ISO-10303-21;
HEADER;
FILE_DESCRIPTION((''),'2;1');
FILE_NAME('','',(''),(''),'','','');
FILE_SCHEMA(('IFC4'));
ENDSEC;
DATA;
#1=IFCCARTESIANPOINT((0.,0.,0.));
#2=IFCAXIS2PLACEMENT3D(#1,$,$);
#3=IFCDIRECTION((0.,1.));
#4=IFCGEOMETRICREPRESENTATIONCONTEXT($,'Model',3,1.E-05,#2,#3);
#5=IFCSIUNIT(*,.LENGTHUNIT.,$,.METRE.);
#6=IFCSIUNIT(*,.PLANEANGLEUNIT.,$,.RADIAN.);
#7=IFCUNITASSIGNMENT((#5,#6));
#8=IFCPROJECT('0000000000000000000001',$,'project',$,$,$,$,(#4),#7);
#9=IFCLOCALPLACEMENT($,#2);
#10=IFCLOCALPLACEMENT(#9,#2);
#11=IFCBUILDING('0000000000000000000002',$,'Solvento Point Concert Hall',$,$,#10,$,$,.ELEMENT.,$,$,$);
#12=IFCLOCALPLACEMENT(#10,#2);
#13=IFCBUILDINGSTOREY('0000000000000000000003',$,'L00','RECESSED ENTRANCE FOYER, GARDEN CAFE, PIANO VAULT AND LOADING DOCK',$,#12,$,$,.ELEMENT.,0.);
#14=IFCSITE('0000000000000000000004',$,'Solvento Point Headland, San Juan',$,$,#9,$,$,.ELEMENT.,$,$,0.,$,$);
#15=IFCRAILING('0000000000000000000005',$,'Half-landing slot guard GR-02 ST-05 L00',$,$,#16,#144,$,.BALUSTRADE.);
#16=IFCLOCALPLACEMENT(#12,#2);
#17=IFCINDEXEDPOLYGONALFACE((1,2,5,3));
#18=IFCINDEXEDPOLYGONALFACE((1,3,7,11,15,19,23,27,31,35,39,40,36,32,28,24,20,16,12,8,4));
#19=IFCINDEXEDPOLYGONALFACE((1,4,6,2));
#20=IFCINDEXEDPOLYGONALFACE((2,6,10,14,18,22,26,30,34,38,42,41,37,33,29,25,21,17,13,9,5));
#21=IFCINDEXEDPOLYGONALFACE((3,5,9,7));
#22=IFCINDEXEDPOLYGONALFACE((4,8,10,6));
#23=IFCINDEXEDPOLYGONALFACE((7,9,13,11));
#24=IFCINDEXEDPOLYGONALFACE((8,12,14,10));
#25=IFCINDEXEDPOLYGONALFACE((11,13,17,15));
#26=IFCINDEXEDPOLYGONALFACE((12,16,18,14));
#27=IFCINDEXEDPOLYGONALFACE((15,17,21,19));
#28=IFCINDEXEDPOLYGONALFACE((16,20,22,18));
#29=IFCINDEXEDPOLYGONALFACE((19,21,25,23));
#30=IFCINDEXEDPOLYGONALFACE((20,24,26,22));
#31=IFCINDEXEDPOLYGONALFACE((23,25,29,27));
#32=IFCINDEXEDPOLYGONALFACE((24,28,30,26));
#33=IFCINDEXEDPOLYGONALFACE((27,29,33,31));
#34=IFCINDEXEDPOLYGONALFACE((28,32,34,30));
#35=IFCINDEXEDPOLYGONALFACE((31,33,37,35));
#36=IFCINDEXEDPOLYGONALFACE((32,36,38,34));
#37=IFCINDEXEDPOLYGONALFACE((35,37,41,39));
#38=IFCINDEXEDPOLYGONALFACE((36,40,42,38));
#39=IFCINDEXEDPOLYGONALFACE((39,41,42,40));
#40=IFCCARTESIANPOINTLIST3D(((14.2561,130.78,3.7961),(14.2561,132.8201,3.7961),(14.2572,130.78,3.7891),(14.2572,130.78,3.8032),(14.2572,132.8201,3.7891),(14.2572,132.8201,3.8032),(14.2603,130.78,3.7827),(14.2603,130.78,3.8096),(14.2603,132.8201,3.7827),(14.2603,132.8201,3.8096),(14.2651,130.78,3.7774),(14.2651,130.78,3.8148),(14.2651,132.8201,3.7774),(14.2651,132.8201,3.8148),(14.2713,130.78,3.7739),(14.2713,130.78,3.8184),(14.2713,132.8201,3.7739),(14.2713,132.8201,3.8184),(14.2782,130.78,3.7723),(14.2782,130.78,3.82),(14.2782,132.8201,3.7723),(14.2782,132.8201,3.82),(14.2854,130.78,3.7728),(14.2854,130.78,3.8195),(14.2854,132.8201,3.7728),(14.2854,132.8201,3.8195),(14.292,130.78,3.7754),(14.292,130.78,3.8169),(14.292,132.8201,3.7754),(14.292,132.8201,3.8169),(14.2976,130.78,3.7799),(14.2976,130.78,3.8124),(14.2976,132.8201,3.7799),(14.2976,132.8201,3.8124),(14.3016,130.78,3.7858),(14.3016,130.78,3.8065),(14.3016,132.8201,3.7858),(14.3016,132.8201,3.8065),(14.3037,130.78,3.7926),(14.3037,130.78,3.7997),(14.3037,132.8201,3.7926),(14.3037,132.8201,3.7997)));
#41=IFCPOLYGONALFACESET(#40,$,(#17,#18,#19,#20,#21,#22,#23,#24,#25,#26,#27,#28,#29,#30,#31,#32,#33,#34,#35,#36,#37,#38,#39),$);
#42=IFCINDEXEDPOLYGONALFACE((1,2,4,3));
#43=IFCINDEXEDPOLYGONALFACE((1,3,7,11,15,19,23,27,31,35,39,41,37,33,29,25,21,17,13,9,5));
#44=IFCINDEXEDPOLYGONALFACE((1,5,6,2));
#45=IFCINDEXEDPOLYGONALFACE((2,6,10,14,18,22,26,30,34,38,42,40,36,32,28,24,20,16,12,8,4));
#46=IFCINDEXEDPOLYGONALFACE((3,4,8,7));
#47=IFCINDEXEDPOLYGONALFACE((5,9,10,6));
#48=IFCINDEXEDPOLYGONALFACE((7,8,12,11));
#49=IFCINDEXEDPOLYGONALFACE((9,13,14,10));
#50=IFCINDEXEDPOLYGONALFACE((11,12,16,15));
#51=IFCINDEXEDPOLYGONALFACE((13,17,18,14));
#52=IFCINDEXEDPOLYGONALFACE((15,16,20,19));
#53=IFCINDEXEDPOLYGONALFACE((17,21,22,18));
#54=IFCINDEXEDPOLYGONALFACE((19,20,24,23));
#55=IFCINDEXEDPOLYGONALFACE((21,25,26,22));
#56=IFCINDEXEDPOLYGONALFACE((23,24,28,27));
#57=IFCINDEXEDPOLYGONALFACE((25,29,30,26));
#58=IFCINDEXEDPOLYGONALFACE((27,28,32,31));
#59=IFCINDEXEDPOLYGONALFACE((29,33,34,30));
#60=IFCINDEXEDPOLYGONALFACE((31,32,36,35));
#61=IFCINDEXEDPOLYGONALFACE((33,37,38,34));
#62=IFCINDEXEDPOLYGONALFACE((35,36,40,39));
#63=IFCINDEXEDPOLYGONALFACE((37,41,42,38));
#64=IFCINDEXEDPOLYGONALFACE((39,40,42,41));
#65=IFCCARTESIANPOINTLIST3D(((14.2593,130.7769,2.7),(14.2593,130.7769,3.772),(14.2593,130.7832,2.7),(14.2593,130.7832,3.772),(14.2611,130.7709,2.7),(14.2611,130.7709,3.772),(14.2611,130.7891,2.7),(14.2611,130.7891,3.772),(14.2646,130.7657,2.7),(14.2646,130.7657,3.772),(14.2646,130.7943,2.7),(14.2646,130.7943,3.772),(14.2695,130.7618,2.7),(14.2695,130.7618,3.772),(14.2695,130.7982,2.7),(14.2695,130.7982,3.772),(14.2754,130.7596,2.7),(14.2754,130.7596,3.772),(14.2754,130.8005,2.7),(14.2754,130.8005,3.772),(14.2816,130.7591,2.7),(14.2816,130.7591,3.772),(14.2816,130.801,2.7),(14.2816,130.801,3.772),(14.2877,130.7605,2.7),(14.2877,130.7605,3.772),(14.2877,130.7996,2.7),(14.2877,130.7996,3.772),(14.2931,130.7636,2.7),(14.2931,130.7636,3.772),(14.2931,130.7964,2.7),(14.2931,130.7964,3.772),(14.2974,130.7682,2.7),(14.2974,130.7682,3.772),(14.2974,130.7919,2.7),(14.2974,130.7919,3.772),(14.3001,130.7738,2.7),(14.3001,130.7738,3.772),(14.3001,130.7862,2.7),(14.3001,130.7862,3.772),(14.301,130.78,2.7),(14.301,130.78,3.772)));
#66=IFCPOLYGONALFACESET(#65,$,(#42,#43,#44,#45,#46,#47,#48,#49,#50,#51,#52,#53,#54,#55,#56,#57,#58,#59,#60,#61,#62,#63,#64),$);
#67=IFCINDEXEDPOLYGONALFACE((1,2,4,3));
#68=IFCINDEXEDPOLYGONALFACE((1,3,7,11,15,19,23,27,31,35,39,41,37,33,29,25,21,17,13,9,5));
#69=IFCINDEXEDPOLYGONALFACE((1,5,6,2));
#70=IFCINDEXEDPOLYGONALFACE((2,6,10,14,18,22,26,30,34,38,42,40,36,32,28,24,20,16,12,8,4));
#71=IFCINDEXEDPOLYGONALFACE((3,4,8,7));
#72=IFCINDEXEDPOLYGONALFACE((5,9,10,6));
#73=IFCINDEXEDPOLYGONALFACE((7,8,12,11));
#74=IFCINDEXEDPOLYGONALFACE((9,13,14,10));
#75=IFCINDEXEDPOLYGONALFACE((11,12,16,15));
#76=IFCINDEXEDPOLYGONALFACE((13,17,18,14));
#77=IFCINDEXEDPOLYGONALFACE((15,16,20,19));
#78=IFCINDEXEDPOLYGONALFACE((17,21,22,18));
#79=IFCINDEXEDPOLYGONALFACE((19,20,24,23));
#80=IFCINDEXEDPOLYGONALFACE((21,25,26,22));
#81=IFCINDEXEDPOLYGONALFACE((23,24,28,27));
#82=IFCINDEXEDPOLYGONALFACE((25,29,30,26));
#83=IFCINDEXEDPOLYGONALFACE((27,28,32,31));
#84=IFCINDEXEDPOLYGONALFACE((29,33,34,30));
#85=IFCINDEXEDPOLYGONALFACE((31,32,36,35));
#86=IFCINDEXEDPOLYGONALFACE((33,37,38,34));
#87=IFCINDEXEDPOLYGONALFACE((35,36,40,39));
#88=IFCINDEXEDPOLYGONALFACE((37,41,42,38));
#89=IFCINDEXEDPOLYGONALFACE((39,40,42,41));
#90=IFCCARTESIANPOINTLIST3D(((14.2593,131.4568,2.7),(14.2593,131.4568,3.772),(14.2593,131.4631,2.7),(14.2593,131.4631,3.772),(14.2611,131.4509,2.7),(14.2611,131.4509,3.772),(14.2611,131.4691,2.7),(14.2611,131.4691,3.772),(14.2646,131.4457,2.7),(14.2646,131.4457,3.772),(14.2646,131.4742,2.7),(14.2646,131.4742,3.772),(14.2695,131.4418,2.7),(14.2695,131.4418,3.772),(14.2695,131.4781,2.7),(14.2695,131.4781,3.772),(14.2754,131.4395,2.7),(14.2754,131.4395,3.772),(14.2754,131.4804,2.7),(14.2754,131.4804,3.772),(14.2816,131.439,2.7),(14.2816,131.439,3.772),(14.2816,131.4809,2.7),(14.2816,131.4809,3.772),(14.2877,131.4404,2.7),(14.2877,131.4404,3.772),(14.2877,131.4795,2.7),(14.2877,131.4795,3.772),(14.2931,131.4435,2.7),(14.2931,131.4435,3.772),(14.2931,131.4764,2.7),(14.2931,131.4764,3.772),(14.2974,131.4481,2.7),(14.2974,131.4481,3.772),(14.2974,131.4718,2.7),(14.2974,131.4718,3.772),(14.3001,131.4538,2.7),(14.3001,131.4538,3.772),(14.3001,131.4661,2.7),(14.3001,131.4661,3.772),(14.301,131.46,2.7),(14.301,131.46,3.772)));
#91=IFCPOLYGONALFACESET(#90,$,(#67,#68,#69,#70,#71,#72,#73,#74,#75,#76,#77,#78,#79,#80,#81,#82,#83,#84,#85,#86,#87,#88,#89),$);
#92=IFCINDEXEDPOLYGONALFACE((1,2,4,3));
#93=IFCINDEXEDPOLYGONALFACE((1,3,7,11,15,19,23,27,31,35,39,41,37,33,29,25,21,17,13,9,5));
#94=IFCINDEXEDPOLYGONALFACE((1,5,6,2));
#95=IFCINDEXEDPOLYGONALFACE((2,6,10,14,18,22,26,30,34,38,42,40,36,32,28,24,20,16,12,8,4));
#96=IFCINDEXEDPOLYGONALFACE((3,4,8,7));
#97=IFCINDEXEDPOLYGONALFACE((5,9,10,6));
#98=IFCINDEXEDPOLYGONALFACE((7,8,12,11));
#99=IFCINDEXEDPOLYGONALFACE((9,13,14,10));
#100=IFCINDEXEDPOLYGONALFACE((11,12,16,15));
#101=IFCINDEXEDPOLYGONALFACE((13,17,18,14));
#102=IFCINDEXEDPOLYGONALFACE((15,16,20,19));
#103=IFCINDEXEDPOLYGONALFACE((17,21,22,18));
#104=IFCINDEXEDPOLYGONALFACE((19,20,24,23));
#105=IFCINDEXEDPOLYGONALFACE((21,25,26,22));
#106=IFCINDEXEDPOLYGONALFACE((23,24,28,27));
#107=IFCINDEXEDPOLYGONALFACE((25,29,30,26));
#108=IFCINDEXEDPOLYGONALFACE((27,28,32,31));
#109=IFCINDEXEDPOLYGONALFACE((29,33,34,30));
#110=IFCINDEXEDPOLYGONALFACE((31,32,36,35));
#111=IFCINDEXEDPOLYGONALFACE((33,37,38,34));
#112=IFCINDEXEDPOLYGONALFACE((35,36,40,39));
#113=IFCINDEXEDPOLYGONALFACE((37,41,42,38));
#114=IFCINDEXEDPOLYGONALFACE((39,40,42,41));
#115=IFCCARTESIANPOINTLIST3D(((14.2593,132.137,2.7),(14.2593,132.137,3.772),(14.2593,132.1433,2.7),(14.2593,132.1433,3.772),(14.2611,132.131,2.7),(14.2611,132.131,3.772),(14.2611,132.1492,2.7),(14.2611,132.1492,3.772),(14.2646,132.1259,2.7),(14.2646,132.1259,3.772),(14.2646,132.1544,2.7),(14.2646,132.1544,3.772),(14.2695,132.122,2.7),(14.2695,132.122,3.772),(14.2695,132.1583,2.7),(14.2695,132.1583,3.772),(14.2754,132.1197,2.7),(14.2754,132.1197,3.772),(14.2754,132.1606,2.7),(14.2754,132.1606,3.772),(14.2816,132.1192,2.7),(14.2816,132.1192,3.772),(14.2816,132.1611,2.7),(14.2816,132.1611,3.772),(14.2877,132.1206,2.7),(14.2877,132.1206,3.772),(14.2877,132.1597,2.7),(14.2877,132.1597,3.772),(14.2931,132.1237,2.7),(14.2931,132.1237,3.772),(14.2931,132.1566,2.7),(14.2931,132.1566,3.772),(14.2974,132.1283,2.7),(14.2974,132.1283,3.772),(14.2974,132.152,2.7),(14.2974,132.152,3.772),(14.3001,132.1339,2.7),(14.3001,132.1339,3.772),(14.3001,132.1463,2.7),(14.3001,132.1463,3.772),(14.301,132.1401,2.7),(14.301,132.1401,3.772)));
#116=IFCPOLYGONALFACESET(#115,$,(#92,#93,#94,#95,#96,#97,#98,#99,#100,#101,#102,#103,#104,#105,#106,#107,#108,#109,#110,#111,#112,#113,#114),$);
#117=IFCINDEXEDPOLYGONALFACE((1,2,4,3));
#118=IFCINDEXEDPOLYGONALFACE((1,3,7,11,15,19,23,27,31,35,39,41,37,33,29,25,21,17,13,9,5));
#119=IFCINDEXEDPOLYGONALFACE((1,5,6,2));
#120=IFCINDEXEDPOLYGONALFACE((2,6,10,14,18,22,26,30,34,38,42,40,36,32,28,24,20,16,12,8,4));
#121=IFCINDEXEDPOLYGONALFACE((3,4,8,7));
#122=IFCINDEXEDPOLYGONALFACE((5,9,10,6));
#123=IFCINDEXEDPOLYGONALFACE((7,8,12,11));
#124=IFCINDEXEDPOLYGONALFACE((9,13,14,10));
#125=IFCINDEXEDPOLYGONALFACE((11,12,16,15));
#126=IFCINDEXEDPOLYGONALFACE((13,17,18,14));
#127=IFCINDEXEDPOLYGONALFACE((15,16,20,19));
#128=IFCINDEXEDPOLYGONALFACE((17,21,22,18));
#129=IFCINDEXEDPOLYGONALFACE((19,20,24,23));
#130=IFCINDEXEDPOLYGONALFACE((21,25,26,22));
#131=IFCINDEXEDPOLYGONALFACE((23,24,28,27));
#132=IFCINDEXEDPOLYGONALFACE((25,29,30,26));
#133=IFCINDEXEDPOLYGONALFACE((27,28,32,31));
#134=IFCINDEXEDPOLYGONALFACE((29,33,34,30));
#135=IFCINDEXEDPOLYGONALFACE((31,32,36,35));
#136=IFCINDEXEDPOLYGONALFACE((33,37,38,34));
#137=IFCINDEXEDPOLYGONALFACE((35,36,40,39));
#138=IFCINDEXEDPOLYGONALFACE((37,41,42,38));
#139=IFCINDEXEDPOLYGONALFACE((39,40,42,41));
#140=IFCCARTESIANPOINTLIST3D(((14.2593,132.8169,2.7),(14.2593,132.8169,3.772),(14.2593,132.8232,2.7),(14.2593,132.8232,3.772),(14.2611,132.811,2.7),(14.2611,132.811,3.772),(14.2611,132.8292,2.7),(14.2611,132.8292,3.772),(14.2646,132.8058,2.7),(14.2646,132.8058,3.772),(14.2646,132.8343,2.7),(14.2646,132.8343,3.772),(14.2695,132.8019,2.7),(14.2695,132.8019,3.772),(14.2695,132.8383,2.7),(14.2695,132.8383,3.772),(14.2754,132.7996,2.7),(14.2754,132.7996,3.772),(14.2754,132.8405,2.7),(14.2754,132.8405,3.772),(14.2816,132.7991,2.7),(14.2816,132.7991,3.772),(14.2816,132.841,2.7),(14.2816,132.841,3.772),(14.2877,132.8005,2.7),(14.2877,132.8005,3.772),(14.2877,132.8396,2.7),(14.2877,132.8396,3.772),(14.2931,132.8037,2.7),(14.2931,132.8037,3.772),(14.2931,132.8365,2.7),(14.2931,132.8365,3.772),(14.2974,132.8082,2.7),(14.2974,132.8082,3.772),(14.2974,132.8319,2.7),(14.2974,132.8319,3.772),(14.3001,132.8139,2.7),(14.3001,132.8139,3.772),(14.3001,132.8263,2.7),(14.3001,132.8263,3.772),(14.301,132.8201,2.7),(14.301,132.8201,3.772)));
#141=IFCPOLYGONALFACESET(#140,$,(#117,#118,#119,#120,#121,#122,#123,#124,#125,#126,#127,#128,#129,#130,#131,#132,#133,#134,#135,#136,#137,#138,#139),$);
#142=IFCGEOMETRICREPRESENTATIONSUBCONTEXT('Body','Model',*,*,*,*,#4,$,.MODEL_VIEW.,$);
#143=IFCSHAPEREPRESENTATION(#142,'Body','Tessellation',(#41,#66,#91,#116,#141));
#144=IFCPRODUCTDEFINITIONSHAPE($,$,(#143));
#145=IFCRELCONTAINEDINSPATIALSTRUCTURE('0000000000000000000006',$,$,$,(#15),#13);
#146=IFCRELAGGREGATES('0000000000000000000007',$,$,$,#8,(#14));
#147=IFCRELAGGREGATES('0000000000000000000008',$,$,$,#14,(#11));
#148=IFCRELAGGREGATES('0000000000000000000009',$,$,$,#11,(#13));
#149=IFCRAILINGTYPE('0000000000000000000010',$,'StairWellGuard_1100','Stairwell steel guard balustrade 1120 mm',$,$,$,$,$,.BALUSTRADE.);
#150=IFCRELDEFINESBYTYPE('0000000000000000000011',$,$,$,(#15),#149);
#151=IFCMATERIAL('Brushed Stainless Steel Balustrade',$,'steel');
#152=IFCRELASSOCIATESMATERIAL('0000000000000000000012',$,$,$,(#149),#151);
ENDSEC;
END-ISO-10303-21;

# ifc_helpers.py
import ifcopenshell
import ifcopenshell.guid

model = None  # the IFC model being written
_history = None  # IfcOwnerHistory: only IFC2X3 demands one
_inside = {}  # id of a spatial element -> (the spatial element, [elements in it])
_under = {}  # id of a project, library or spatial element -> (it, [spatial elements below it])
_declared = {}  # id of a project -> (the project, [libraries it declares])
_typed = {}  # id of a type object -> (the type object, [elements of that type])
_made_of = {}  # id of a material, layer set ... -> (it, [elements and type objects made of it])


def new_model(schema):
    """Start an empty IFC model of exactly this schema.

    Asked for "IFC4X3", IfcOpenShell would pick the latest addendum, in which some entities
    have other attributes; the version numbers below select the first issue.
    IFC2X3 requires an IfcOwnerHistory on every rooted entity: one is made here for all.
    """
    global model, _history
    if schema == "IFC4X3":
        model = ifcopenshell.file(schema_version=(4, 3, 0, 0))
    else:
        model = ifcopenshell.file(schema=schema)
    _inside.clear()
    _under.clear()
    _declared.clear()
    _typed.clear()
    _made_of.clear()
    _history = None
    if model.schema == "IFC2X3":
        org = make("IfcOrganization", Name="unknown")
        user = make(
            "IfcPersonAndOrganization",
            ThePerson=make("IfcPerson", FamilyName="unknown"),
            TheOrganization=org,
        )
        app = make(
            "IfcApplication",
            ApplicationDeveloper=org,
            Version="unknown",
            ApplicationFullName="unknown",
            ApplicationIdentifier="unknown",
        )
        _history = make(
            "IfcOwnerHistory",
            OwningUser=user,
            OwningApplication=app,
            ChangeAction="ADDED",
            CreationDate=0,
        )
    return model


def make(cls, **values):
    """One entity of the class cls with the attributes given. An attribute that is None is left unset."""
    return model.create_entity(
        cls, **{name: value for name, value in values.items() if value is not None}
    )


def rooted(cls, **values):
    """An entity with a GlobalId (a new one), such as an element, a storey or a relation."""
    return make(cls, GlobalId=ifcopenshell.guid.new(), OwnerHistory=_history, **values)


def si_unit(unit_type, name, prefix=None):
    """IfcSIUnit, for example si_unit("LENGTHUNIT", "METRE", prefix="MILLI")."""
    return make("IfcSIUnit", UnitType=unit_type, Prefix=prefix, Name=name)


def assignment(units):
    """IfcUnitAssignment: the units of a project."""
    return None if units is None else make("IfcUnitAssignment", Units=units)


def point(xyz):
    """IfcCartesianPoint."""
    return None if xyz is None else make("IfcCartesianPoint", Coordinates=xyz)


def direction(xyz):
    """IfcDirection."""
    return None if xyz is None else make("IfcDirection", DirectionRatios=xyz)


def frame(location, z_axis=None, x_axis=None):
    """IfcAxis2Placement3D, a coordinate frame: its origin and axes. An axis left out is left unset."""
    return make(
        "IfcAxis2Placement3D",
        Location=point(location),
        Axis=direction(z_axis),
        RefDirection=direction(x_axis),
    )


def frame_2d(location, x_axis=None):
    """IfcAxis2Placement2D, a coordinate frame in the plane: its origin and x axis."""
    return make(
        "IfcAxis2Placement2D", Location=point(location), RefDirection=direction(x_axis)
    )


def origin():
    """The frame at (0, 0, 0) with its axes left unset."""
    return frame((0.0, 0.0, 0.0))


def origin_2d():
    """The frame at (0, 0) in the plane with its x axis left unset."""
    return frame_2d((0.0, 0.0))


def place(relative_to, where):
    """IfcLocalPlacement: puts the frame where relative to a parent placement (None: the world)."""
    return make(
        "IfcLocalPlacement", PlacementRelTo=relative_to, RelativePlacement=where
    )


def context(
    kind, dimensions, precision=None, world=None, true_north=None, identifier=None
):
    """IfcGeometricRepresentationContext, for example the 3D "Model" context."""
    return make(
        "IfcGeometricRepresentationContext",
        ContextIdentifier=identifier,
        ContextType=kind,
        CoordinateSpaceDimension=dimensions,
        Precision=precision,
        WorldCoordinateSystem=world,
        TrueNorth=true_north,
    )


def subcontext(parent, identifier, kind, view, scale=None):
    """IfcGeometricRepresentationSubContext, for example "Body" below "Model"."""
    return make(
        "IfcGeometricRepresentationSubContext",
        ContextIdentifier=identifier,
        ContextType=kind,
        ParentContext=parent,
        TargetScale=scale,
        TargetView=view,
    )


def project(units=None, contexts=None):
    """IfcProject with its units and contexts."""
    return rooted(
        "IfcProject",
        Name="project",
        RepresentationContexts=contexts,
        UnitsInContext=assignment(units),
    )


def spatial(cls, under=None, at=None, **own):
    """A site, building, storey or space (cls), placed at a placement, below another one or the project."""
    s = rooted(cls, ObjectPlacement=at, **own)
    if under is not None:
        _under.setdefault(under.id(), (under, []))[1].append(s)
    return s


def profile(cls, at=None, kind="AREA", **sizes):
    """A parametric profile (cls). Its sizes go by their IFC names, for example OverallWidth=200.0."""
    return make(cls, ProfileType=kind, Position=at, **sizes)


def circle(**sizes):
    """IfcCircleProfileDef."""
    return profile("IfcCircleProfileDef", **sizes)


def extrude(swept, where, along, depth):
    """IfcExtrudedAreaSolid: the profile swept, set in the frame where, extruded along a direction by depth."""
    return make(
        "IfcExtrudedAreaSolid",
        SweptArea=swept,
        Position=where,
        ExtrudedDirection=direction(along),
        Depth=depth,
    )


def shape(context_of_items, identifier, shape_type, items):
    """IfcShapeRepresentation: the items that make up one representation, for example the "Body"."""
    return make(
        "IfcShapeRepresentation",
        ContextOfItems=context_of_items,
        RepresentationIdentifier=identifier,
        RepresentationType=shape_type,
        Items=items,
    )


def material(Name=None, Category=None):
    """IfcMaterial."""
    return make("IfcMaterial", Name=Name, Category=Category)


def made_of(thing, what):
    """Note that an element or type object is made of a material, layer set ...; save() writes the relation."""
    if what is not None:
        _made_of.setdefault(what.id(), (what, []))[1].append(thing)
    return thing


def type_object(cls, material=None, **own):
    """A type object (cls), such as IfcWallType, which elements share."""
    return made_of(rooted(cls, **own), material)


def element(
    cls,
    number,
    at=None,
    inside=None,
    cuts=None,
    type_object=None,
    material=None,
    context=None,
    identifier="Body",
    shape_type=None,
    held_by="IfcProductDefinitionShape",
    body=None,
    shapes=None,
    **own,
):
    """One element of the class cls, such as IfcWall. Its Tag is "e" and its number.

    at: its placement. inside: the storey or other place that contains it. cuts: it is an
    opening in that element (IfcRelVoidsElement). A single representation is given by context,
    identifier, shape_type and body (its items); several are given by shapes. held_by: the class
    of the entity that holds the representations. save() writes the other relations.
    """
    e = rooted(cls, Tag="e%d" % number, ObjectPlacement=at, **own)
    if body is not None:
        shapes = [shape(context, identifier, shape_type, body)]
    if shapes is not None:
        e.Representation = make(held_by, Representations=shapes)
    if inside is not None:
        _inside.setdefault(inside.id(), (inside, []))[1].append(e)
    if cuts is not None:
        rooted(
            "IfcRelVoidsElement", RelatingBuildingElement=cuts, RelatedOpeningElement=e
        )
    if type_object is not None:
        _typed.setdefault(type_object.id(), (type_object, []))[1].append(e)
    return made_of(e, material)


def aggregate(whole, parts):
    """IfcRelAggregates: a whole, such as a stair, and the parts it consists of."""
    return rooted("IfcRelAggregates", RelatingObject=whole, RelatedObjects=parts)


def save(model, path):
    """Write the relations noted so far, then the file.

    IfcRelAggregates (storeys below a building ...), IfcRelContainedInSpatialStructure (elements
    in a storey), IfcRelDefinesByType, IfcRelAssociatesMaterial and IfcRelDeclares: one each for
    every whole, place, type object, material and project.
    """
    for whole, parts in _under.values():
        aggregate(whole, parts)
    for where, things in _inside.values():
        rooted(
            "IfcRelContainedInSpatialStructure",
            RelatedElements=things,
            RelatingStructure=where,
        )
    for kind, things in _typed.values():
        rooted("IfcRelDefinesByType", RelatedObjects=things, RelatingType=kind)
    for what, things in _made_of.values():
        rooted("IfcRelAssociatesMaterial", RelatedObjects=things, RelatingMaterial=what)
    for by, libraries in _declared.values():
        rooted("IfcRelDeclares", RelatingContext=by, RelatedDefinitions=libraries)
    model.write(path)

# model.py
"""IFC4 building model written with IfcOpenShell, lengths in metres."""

from ifc_helpers import new_model, si_unit, direction, frame, origin, origin_2d, place, context, subcontext, project, spatial, circle, extrude, material, type_object, element, save


model = new_model("IFC4")

# Units and contexts
model_context = context("Model", 3, precision=1e-05, world=origin(), true_north=direction((0.0, 1.0)))
body_context = subcontext(model_context, "Body", "Model", "MODEL_VIEW")
ifc_project = project(units=[si_unit("LENGTHUNIT", "METRE"), si_unit("PLANEANGLEUNIT", "RADIAN")], contexts=[model_context])

# Site, building, storey
site_placement = place(None, origin())
site = spatial("IfcSite", under=ifc_project, at=site_placement, Name="Solvento Point Headland, San Juan", CompositionType="ELEMENT", RefElevation=0.0)
building_placement = place(site_placement, origin())
building = spatial("IfcBuilding", under=site, at=building_placement, Name="Solvento Point Concert Hall", CompositionType="ELEMENT")
storey_placement = place(building_placement, origin())
storey = spatial("IfcBuildingStorey", under=building, at=storey_placement, Name="L00", Description="RECESSED ENTRANCE FOYER, GARDEN CAFE, PIANO VAULT AND LOADING DOCK", CompositionType="ELEMENT", Elevation=0.0)

# Railing
ifc_material_1 = material(Name="Brushed Stainless Steel Balustrade", Category="steel")
railing_type_1 = type_object("IfcRailingType", Name="StairWellGuard_1100", Description="Stairwell steel guard balustrade 1120 mm", PredefinedType="BALUSTRADE", material=ifc_material_1)
railing_1_placement = place(storey_placement, frame((14.28, 130.78, 2.7)))
element("IfcRailing", 1, at=railing_1_placement, inside=storey, type_object=railing_type_1, Name="Half-landing slot guard GR-02 ST-05 L00", PredefinedType="BALUSTRADE", context=body_context, shape_type="SweptSolid", body=[
    extrude(circle(Radius=0.0239, at=origin_2d()), frame((0.0, 0.0, 1.0962), z_axis=(0.0, 1.0, 0.0), x_axis=(-1.0, 0.0, 0.0)), (0.0, 0.0, 1.0), 2.04),
    extrude(circle(Radius=0.021, at=origin_2d()), origin(), (0.0, 0.0, 1.0), 1.072),
    extrude(circle(Radius=0.021, at=origin_2d()), frame((0.0, 0.6799, 0.0)), (0.0, 0.0, 1.0), 1.072),
    extrude(circle(Radius=0.021, at=origin_2d()), frame((0.0, 1.3601, 0.0)), (0.0, 0.0, 1.0), 1.072),
    extrude(circle(Radius=0.021, at=origin_2d()), frame((0.0, 2.04, 0.0)), (0.0, 0.0, 1.0), 1.072),
])

save(model, "model.ifc")
